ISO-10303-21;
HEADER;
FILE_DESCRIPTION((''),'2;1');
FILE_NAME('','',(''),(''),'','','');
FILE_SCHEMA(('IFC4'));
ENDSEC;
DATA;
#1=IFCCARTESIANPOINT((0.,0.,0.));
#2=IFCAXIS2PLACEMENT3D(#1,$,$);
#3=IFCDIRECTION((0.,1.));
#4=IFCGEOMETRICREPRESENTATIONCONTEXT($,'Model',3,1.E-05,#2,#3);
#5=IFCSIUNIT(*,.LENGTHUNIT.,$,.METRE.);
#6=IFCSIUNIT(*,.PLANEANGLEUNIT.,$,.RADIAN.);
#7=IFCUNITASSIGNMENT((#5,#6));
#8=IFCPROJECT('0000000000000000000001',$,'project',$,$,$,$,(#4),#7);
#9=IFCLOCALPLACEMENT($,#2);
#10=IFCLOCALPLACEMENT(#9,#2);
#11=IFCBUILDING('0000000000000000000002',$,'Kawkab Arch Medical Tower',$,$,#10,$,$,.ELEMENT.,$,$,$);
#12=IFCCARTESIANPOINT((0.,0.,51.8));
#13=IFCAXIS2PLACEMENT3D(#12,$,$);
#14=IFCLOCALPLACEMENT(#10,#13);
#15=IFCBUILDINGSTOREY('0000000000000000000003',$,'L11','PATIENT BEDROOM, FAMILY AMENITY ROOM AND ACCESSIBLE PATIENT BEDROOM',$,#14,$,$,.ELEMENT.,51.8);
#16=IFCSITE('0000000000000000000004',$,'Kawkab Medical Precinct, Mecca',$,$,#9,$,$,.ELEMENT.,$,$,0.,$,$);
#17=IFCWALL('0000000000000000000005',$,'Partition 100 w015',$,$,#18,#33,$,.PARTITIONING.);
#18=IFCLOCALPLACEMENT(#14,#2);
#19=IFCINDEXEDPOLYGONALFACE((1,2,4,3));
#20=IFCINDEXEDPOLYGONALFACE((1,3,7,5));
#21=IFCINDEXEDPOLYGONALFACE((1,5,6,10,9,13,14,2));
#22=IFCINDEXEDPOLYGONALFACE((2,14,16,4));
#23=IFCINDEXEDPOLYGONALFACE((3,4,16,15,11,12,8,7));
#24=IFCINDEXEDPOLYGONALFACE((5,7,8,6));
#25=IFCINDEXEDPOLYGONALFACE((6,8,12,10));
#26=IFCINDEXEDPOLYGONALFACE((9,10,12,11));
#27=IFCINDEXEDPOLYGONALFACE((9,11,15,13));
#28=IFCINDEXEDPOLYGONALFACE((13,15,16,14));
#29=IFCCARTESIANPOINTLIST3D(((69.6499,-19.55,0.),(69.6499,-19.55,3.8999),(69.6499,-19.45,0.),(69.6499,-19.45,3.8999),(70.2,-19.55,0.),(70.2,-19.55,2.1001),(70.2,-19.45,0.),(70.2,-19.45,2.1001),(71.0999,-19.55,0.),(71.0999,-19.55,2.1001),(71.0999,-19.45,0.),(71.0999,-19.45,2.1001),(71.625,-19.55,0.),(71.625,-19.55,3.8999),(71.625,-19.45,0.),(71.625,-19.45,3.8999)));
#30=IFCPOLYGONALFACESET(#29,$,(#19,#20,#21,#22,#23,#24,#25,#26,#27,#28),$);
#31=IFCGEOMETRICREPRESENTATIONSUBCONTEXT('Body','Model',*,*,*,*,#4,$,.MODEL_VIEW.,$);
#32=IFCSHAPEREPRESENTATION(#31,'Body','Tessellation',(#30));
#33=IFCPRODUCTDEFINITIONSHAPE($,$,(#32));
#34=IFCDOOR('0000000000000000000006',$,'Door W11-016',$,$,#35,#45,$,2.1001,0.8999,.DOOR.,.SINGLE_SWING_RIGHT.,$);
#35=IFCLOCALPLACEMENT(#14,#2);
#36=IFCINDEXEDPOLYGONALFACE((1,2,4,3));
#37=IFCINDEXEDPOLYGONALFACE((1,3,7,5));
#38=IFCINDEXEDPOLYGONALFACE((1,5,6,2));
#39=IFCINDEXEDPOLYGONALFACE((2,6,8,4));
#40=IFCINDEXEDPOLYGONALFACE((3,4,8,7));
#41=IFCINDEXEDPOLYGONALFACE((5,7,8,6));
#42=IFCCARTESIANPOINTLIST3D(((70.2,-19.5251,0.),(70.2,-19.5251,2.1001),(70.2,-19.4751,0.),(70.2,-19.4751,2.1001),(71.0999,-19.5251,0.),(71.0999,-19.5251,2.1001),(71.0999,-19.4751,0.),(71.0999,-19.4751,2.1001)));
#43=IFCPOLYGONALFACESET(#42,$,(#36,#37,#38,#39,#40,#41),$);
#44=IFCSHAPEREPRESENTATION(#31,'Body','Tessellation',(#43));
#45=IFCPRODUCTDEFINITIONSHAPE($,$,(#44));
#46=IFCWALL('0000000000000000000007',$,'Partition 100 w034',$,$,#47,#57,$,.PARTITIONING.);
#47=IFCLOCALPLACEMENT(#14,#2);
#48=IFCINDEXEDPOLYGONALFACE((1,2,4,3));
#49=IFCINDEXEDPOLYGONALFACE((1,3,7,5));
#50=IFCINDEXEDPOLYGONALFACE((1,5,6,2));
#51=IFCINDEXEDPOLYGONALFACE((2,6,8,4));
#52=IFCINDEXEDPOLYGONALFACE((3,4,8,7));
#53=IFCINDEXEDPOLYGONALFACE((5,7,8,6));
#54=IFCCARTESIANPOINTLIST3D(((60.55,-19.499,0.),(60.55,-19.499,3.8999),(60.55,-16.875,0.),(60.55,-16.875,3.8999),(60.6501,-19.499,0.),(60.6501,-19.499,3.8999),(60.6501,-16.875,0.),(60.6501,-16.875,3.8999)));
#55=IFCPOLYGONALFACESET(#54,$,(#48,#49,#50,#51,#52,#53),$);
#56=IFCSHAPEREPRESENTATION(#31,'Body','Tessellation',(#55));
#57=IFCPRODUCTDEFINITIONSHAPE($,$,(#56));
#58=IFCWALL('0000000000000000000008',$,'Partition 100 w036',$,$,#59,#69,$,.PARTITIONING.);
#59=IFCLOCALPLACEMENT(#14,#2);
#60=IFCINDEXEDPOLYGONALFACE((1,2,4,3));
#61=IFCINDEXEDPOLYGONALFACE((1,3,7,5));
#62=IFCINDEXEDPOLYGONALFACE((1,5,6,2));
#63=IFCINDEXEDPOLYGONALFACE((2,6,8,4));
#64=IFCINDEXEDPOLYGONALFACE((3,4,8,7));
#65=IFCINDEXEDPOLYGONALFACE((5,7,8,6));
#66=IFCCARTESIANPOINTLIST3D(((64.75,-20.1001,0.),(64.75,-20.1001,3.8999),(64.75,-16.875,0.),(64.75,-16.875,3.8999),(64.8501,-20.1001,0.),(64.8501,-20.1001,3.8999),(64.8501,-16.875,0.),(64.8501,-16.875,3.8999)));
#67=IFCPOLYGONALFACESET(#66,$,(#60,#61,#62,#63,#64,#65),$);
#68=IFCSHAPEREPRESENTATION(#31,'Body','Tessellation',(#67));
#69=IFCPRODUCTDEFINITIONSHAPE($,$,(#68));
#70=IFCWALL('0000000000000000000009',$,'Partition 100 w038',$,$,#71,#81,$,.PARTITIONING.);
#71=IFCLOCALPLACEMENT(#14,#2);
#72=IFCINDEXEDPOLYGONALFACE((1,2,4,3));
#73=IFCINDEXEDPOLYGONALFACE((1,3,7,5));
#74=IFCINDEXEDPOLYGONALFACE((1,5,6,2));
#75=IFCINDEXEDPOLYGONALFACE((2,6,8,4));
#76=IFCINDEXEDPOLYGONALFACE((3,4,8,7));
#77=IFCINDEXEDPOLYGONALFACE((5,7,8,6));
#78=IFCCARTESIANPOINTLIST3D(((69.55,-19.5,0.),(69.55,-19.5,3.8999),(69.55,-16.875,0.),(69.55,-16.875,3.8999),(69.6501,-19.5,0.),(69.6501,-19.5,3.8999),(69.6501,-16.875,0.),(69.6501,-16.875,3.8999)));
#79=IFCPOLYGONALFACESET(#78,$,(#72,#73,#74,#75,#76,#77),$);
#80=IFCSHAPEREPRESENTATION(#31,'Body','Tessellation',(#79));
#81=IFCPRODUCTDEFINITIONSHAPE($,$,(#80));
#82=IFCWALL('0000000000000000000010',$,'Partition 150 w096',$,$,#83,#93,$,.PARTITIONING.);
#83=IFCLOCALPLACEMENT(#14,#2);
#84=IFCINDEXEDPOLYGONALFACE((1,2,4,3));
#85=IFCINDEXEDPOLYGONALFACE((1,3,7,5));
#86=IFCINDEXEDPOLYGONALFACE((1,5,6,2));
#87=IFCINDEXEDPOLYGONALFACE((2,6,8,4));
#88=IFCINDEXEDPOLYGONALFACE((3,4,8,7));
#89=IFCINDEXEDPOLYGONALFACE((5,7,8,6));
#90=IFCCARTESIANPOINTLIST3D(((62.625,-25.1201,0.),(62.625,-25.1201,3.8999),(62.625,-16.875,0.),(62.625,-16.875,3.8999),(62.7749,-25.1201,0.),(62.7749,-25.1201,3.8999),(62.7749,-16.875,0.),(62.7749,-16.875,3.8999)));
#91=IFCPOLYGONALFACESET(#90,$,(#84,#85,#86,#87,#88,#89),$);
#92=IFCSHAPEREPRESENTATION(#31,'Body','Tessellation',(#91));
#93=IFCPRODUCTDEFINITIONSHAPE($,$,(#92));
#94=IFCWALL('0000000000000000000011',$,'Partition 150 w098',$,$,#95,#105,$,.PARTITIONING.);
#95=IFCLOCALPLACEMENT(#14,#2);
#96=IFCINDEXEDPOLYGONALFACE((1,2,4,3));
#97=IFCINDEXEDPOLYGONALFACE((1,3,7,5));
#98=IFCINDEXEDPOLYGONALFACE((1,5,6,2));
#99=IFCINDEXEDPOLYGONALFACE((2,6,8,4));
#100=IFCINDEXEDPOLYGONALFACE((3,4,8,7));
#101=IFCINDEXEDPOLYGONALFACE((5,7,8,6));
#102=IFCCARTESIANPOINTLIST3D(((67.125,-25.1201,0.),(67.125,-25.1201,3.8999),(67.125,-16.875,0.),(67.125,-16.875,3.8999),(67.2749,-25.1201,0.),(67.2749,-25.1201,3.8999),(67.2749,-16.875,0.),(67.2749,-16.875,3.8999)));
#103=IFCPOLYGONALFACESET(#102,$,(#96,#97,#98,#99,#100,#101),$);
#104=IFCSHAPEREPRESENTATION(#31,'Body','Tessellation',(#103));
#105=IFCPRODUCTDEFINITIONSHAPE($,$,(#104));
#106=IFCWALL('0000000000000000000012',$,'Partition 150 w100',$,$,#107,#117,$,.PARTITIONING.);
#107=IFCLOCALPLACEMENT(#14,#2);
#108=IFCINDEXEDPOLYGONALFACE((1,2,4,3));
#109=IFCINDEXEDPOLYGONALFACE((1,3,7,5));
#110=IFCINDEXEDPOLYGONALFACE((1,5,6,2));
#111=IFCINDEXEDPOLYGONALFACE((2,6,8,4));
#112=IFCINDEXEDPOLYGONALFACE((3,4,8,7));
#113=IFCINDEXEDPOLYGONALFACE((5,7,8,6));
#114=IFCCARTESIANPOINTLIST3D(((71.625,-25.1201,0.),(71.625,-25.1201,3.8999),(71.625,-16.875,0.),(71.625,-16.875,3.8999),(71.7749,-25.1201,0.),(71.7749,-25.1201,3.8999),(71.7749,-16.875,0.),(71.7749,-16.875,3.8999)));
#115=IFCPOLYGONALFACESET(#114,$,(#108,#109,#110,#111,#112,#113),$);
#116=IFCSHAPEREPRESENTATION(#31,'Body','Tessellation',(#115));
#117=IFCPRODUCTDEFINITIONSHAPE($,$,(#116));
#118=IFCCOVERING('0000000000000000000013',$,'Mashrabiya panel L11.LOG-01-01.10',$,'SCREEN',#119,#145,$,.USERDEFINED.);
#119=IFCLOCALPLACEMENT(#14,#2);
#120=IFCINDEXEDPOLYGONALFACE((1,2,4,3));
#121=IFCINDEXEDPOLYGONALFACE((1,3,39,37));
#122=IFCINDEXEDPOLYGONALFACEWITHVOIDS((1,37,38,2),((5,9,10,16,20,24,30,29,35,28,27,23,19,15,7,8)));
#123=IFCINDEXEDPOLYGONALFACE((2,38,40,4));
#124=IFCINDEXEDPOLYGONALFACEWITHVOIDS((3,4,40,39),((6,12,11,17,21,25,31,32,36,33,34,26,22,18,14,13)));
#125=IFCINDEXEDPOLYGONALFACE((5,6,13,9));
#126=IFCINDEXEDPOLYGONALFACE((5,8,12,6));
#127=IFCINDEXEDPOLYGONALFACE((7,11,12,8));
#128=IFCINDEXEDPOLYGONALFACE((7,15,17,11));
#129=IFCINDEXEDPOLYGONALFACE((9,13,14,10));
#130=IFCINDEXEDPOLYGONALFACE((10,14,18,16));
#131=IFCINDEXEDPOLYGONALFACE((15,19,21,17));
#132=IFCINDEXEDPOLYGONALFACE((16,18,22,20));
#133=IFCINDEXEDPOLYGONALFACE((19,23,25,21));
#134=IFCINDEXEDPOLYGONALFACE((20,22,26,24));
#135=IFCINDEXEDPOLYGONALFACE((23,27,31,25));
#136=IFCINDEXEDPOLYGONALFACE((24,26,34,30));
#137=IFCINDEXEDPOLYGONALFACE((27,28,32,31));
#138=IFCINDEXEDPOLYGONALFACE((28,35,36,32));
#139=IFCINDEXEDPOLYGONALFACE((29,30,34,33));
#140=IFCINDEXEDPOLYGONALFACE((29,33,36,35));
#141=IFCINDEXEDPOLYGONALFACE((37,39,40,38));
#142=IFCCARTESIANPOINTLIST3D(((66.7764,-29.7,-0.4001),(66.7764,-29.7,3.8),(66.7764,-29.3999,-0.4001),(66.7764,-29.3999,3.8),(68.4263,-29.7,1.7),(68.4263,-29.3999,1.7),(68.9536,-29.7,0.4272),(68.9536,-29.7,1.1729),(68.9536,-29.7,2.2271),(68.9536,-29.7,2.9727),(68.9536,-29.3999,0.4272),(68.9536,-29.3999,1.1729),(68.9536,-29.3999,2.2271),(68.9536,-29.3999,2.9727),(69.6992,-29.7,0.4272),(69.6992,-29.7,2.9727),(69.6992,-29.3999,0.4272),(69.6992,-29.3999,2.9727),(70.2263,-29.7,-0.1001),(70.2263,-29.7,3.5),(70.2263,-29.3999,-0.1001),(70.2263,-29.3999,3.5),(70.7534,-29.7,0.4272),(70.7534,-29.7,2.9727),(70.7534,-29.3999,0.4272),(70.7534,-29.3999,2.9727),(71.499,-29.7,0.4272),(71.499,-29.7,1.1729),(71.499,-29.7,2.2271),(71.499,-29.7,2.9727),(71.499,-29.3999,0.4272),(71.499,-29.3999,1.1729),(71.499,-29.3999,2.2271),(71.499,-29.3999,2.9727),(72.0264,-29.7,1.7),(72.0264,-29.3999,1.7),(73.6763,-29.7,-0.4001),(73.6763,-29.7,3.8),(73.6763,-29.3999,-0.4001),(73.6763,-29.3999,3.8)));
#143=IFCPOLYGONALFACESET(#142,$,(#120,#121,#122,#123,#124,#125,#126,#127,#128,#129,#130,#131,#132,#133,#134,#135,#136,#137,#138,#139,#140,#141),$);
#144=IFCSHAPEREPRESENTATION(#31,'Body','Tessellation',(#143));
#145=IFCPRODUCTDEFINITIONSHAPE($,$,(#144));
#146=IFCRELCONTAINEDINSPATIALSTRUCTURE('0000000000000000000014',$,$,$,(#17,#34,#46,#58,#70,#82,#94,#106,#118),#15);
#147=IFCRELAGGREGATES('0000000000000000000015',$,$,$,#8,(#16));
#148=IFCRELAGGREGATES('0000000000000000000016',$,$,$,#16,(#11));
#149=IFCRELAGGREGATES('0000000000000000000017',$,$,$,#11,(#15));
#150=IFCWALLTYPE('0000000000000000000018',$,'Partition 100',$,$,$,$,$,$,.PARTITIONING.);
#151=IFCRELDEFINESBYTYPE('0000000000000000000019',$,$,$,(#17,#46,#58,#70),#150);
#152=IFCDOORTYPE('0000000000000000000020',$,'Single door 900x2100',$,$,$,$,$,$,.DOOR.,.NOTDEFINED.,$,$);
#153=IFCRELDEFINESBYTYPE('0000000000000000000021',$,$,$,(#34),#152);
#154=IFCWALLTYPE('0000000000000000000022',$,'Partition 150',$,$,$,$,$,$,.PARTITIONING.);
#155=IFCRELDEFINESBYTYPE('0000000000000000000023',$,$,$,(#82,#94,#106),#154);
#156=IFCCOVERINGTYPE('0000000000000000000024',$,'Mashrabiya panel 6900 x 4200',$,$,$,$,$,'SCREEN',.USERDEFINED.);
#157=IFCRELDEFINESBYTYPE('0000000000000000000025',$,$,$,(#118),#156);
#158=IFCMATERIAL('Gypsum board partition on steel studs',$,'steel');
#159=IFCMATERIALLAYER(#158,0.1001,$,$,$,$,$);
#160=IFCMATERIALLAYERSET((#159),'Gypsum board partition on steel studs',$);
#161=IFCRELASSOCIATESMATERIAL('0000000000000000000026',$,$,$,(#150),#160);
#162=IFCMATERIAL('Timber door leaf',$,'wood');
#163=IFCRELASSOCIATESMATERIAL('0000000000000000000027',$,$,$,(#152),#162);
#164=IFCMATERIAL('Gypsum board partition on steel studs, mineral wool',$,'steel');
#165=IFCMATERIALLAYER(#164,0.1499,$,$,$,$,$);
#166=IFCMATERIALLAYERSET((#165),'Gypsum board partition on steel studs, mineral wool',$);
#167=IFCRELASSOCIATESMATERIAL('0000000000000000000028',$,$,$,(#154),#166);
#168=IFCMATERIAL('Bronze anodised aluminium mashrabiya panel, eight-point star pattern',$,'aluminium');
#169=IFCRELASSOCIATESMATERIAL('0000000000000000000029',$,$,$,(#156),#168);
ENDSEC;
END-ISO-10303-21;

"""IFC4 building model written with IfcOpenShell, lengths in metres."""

from ifc_helpers import new_model, si_unit, direction, frame, frame_2d, origin, place, context, subcontext, project, spatial, polyline, rectangle, outline, extrude, material, layer, layer_set, material_profile, profile_set, type_object, element, fill, save


model = new_model("IFC4")

# Units and contexts
model_context = context("Model", 3, precision=1e-05, world=origin(), true_north=direction((0.0, 1.0)))
body_context = subcontext(model_context, "Body", "Model", "MODEL_VIEW")
ifc_project = project(units=[si_unit("LENGTHUNIT", "METRE"), si_unit("PLANEANGLEUNIT", "RADIAN")], contexts=[model_context])

# Site, building, storey
site_placement = place(None, origin())
site = spatial("IfcSite", under=ifc_project, at=site_placement, Name="Kawkab Medical Precinct, Mecca", CompositionType="ELEMENT", RefElevation=0.0)
building_placement = place(site_placement, origin())
building = spatial("IfcBuilding", under=site, at=building_placement, Name="Kawkab Arch Medical Tower", CompositionType="ELEMENT")
storey_placement = place(building_placement, frame((0.0, 0.0, 51.8)))
storey = spatial("IfcBuildingStorey", under=building, at=storey_placement, Name="L11", Description="PATIENT BEDROOM, FAMILY AMENITY ROOM AND ACCESSIBLE PATIENT BEDROOM", CompositionType="ELEMENT", Elevation=51.8)

# Wall, opening, door
ifc_material_1 = material(Name="Gypsum board partition on steel studs", Category="steel")
ifc_layer_1 = layer(ifc_material_1, 0.1001)
ifc_layer_set_1 = layer_set([ifc_layer_1], Name="Gypsum board partition on steel studs")
wall_type_1 = type_object("IfcWallType", Name="Partition 100", PredefinedType="PARTITIONING", material=ifc_layer_set_1)
ifc_material_2 = material(Name="Timber door leaf", Category="wood")
door_type_1 = type_object("IfcDoorType", Name="Single door 900x2100", OperationType="NOTDEFINED", PredefinedType="DOOR", material=ifc_material_2)
wall_1_placement = place(storey_placement, frame((69.6499, -19.5, 0.0), z_axis=(0.0, 0.0, 1.0), x_axis=(1.0, 0.0, 0.0)))
wall_1 = element("IfcWall", 1, at=wall_1_placement, inside=storey, type_object=wall_type_1, Name="Partition 100 w015", PredefinedType="PARTITIONING", context=body_context, shape_type="SweptSolid", body=[
    extrude(rectangle(XDim=1.9751, YDim=0.1001, at=frame_2d((0.9875, 0.0))), origin(), (0.0, 0.0, 1.0), 3.8999),
])
opening_1_placement = place(wall_1_placement, frame((0.55, 0.0, 0.0)))
opening_1 = element("IfcOpeningElement", 2, at=opening_1_placement, cuts=wall_1, PredefinedType="OPENING", context=body_context, shape_type="SweptSolid", body=[
    extrude(rectangle(XDim=0.8999, YDim=2.1001, at=frame_2d((0.45, 1.05))), frame((0.0, 0.0601, 0.0), z_axis=(0.0, -1.0, 0.0), x_axis=(1.0, 0.0, 0.0)), (0.0, 0.0, 1.0), 0.1201),
])
door_1_placement = place(opening_1_placement, origin())
door_1 = element("IfcDoor", 3, at=door_1_placement, inside=storey, type_object=door_type_1, Name="Door W11-016", OperationType="SINGLE_SWING_RIGHT", OverallHeight=2.1001, OverallWidth=0.8999, PredefinedType="DOOR", context=body_context, shape_type="SweptSolid", body=[
    extrude(rectangle(XDim=0.8999, YDim=2.1001, at=frame_2d((0.45, 1.05))), frame((0.0, 0.0249, 0.0), z_axis=(0.0, -1.0, 0.0), x_axis=(1.0, 0.0, 0.0)), (0.0, 0.0, 1.0), 0.05),
])
fill(opening_1, door_1)

# Walls
wall_2_placement = place(storey_placement, frame((60.6001, -19.499, 0.0), z_axis=(0.0, 0.0, 1.0), x_axis=(0.0, 1.0, 0.0)))
element("IfcWall", 4, at=wall_2_placement, inside=storey, type_object=wall_type_1, Name="Partition 100 w034", PredefinedType="PARTITIONING", context=body_context, shape_type="SweptSolid", body=[
    extrude(rectangle(XDim=2.624, YDim=0.1001, at=frame_2d((1.312, 0.0))), origin(), (0.0, 0.0, 1.0), 3.8999),
])
wall_3_placement = place(storey_placement, frame((64.8, -20.1001, 0.0), z_axis=(0.0, 0.0, 1.0), x_axis=(0.0, 1.0, 0.0)))
element("IfcWall", 5, at=wall_3_placement, inside=storey, type_object=wall_type_1, Name="Partition 100 w036", PredefinedType="PARTITIONING", context=body_context, shape_type="SweptSolid", body=[
    extrude(rectangle(XDim=3.2251, YDim=0.1001, at=frame_2d((1.6125, 0.0))), origin(), (0.0, 0.0, 1.0), 3.8999),
])
wall_4_placement = place(storey_placement, frame((69.6001, -19.5, 0.0), z_axis=(0.0, 0.0, 1.0), x_axis=(0.0, 1.0, 0.0)))
element("IfcWall", 6, at=wall_4_placement, inside=storey, type_object=wall_type_1, Name="Partition 100 w038", PredefinedType="PARTITIONING", context=body_context, shape_type="SweptSolid", body=[
    extrude(rectangle(XDim=2.625, YDim=0.1001, at=frame_2d((1.3125, 0.0))), origin(), (0.0, 0.0, 1.0), 3.8999),
])
ifc_material_3 = material(Name="Gypsum board partition on steel studs, mineral wool", Category="steel")
ifc_layer_2 = layer(ifc_material_3, 0.1499)
ifc_layer_set_2 = layer_set([ifc_layer_2], Name="Gypsum board partition on steel studs, mineral wool")
wall_type_2 = type_object("IfcWallType", Name="Partition 150", PredefinedType="PARTITIONING", material=ifc_layer_set_2)
for number, where, z_axis, x_axis, name in (
    (7, (62.7, -25.1201, 0.0), (0.0, 0.0, 1.0), (0.0, 1.0, 0.0), "Partition 150 w096"),
    (8, (67.2, -25.1201, 0.0), (0.0, 0.0, 1.0), (0.0, 1.0, 0.0), "Partition 150 w098"),
    (9, (71.7, -25.1201, 0.0), (0.0, 0.0, 1.0), (0.0, 1.0, 0.0), "Partition 150 w100"),
):
    element("IfcWall", number, at=place(storey_placement, frame(where, z_axis=z_axis, x_axis=x_axis)), inside=storey, type_object=wall_type_2, Name=name, PredefinedType="PARTITIONING", context=body_context, shape_type="SweptSolid", body=[
        extrude(rectangle(XDim=8.2451, YDim=0.1499, at=frame_2d((4.1226, 0.0))), origin(), (0.0, 0.0, 1.0), 3.8999),
    ])

# Covering
ifc_material_4 = material(Name="Bronze anodised aluminium mashrabiya panel, eight-point star pattern", Category="aluminium")
ifc_material_profile_1 = material_profile(ifc_material_4, outline(polyline([(-3.45, -2.1001), (3.45, -2.1001), (3.45, 2.1001), (-3.45, 2.1001), (-3.45, -2.1001)]), holes=[polyline([(1.8, 0.0), (1.2727, 0.5271), (1.2727, 1.2727), (0.5271, 1.2727), (0.0, 1.8), (-0.5271, 1.2727), (-1.2727, 1.2727), (-1.2727, 0.5271), (-1.8, 0.0), (-1.2727, -0.5271), (-1.2727, -1.2727), (-0.5271, -1.2727), (0.0, -1.8), (0.5271, -1.2727), (1.2727, -1.2727), (1.2727, -0.5271), (1.8, 0.0)])]), Name="Mashrabiya panel 6900x4200")
ifc_profile_set_1 = profile_set([ifc_material_profile_1], Name="Bronze anodised aluminium mashrabiya panel, eight-point star pattern")
covering_type = type_object("IfcCoveringType", Name="Mashrabiya panel 6900 x 4200", ElementType="SCREEN", PredefinedType="USERDEFINED", material=ifc_profile_set_1)
covering_placement = place(storey_placement, frame((70.2263, -29.3999, 1.7), z_axis=(0.0, -1.0, 0.0), x_axis=(1.0, 0.0, 0.0)))
element("IfcCovering", 10, at=covering_placement, inside=storey, type_object=covering_type, Name="Mashrabiya panel L11.LOG-01-01.10", ObjectType="SCREEN", PredefinedType="USERDEFINED", context=body_context, shape_type="SweptSolid", body=[
    extrude(outline(polyline([(-3.45, -2.1001), (3.45, -2.1001), (3.45, 2.1001), (-3.45, 2.1001), (-3.45, -2.1001)]), holes=[polyline([(1.8, 0.0), (1.2727, 0.5271), (1.2727, 1.2727), (0.5271, 1.2727), (0.0, 1.8), (-0.5271, 1.2727), (-1.2727, 1.2727), (-1.2727, 0.5271), (-1.8, 0.0), (-1.2727, -0.5271), (-1.2727, -1.2727), (-0.5271, -1.2727), (0.0, -1.8), (0.5271, -1.2727), (1.2727, -1.2727), (1.2727, -0.5271), (1.8, 0.0)])]), origin(), (0.0, 0.0, 1.0), 0.3),
])

save(model, "model.ifc")
